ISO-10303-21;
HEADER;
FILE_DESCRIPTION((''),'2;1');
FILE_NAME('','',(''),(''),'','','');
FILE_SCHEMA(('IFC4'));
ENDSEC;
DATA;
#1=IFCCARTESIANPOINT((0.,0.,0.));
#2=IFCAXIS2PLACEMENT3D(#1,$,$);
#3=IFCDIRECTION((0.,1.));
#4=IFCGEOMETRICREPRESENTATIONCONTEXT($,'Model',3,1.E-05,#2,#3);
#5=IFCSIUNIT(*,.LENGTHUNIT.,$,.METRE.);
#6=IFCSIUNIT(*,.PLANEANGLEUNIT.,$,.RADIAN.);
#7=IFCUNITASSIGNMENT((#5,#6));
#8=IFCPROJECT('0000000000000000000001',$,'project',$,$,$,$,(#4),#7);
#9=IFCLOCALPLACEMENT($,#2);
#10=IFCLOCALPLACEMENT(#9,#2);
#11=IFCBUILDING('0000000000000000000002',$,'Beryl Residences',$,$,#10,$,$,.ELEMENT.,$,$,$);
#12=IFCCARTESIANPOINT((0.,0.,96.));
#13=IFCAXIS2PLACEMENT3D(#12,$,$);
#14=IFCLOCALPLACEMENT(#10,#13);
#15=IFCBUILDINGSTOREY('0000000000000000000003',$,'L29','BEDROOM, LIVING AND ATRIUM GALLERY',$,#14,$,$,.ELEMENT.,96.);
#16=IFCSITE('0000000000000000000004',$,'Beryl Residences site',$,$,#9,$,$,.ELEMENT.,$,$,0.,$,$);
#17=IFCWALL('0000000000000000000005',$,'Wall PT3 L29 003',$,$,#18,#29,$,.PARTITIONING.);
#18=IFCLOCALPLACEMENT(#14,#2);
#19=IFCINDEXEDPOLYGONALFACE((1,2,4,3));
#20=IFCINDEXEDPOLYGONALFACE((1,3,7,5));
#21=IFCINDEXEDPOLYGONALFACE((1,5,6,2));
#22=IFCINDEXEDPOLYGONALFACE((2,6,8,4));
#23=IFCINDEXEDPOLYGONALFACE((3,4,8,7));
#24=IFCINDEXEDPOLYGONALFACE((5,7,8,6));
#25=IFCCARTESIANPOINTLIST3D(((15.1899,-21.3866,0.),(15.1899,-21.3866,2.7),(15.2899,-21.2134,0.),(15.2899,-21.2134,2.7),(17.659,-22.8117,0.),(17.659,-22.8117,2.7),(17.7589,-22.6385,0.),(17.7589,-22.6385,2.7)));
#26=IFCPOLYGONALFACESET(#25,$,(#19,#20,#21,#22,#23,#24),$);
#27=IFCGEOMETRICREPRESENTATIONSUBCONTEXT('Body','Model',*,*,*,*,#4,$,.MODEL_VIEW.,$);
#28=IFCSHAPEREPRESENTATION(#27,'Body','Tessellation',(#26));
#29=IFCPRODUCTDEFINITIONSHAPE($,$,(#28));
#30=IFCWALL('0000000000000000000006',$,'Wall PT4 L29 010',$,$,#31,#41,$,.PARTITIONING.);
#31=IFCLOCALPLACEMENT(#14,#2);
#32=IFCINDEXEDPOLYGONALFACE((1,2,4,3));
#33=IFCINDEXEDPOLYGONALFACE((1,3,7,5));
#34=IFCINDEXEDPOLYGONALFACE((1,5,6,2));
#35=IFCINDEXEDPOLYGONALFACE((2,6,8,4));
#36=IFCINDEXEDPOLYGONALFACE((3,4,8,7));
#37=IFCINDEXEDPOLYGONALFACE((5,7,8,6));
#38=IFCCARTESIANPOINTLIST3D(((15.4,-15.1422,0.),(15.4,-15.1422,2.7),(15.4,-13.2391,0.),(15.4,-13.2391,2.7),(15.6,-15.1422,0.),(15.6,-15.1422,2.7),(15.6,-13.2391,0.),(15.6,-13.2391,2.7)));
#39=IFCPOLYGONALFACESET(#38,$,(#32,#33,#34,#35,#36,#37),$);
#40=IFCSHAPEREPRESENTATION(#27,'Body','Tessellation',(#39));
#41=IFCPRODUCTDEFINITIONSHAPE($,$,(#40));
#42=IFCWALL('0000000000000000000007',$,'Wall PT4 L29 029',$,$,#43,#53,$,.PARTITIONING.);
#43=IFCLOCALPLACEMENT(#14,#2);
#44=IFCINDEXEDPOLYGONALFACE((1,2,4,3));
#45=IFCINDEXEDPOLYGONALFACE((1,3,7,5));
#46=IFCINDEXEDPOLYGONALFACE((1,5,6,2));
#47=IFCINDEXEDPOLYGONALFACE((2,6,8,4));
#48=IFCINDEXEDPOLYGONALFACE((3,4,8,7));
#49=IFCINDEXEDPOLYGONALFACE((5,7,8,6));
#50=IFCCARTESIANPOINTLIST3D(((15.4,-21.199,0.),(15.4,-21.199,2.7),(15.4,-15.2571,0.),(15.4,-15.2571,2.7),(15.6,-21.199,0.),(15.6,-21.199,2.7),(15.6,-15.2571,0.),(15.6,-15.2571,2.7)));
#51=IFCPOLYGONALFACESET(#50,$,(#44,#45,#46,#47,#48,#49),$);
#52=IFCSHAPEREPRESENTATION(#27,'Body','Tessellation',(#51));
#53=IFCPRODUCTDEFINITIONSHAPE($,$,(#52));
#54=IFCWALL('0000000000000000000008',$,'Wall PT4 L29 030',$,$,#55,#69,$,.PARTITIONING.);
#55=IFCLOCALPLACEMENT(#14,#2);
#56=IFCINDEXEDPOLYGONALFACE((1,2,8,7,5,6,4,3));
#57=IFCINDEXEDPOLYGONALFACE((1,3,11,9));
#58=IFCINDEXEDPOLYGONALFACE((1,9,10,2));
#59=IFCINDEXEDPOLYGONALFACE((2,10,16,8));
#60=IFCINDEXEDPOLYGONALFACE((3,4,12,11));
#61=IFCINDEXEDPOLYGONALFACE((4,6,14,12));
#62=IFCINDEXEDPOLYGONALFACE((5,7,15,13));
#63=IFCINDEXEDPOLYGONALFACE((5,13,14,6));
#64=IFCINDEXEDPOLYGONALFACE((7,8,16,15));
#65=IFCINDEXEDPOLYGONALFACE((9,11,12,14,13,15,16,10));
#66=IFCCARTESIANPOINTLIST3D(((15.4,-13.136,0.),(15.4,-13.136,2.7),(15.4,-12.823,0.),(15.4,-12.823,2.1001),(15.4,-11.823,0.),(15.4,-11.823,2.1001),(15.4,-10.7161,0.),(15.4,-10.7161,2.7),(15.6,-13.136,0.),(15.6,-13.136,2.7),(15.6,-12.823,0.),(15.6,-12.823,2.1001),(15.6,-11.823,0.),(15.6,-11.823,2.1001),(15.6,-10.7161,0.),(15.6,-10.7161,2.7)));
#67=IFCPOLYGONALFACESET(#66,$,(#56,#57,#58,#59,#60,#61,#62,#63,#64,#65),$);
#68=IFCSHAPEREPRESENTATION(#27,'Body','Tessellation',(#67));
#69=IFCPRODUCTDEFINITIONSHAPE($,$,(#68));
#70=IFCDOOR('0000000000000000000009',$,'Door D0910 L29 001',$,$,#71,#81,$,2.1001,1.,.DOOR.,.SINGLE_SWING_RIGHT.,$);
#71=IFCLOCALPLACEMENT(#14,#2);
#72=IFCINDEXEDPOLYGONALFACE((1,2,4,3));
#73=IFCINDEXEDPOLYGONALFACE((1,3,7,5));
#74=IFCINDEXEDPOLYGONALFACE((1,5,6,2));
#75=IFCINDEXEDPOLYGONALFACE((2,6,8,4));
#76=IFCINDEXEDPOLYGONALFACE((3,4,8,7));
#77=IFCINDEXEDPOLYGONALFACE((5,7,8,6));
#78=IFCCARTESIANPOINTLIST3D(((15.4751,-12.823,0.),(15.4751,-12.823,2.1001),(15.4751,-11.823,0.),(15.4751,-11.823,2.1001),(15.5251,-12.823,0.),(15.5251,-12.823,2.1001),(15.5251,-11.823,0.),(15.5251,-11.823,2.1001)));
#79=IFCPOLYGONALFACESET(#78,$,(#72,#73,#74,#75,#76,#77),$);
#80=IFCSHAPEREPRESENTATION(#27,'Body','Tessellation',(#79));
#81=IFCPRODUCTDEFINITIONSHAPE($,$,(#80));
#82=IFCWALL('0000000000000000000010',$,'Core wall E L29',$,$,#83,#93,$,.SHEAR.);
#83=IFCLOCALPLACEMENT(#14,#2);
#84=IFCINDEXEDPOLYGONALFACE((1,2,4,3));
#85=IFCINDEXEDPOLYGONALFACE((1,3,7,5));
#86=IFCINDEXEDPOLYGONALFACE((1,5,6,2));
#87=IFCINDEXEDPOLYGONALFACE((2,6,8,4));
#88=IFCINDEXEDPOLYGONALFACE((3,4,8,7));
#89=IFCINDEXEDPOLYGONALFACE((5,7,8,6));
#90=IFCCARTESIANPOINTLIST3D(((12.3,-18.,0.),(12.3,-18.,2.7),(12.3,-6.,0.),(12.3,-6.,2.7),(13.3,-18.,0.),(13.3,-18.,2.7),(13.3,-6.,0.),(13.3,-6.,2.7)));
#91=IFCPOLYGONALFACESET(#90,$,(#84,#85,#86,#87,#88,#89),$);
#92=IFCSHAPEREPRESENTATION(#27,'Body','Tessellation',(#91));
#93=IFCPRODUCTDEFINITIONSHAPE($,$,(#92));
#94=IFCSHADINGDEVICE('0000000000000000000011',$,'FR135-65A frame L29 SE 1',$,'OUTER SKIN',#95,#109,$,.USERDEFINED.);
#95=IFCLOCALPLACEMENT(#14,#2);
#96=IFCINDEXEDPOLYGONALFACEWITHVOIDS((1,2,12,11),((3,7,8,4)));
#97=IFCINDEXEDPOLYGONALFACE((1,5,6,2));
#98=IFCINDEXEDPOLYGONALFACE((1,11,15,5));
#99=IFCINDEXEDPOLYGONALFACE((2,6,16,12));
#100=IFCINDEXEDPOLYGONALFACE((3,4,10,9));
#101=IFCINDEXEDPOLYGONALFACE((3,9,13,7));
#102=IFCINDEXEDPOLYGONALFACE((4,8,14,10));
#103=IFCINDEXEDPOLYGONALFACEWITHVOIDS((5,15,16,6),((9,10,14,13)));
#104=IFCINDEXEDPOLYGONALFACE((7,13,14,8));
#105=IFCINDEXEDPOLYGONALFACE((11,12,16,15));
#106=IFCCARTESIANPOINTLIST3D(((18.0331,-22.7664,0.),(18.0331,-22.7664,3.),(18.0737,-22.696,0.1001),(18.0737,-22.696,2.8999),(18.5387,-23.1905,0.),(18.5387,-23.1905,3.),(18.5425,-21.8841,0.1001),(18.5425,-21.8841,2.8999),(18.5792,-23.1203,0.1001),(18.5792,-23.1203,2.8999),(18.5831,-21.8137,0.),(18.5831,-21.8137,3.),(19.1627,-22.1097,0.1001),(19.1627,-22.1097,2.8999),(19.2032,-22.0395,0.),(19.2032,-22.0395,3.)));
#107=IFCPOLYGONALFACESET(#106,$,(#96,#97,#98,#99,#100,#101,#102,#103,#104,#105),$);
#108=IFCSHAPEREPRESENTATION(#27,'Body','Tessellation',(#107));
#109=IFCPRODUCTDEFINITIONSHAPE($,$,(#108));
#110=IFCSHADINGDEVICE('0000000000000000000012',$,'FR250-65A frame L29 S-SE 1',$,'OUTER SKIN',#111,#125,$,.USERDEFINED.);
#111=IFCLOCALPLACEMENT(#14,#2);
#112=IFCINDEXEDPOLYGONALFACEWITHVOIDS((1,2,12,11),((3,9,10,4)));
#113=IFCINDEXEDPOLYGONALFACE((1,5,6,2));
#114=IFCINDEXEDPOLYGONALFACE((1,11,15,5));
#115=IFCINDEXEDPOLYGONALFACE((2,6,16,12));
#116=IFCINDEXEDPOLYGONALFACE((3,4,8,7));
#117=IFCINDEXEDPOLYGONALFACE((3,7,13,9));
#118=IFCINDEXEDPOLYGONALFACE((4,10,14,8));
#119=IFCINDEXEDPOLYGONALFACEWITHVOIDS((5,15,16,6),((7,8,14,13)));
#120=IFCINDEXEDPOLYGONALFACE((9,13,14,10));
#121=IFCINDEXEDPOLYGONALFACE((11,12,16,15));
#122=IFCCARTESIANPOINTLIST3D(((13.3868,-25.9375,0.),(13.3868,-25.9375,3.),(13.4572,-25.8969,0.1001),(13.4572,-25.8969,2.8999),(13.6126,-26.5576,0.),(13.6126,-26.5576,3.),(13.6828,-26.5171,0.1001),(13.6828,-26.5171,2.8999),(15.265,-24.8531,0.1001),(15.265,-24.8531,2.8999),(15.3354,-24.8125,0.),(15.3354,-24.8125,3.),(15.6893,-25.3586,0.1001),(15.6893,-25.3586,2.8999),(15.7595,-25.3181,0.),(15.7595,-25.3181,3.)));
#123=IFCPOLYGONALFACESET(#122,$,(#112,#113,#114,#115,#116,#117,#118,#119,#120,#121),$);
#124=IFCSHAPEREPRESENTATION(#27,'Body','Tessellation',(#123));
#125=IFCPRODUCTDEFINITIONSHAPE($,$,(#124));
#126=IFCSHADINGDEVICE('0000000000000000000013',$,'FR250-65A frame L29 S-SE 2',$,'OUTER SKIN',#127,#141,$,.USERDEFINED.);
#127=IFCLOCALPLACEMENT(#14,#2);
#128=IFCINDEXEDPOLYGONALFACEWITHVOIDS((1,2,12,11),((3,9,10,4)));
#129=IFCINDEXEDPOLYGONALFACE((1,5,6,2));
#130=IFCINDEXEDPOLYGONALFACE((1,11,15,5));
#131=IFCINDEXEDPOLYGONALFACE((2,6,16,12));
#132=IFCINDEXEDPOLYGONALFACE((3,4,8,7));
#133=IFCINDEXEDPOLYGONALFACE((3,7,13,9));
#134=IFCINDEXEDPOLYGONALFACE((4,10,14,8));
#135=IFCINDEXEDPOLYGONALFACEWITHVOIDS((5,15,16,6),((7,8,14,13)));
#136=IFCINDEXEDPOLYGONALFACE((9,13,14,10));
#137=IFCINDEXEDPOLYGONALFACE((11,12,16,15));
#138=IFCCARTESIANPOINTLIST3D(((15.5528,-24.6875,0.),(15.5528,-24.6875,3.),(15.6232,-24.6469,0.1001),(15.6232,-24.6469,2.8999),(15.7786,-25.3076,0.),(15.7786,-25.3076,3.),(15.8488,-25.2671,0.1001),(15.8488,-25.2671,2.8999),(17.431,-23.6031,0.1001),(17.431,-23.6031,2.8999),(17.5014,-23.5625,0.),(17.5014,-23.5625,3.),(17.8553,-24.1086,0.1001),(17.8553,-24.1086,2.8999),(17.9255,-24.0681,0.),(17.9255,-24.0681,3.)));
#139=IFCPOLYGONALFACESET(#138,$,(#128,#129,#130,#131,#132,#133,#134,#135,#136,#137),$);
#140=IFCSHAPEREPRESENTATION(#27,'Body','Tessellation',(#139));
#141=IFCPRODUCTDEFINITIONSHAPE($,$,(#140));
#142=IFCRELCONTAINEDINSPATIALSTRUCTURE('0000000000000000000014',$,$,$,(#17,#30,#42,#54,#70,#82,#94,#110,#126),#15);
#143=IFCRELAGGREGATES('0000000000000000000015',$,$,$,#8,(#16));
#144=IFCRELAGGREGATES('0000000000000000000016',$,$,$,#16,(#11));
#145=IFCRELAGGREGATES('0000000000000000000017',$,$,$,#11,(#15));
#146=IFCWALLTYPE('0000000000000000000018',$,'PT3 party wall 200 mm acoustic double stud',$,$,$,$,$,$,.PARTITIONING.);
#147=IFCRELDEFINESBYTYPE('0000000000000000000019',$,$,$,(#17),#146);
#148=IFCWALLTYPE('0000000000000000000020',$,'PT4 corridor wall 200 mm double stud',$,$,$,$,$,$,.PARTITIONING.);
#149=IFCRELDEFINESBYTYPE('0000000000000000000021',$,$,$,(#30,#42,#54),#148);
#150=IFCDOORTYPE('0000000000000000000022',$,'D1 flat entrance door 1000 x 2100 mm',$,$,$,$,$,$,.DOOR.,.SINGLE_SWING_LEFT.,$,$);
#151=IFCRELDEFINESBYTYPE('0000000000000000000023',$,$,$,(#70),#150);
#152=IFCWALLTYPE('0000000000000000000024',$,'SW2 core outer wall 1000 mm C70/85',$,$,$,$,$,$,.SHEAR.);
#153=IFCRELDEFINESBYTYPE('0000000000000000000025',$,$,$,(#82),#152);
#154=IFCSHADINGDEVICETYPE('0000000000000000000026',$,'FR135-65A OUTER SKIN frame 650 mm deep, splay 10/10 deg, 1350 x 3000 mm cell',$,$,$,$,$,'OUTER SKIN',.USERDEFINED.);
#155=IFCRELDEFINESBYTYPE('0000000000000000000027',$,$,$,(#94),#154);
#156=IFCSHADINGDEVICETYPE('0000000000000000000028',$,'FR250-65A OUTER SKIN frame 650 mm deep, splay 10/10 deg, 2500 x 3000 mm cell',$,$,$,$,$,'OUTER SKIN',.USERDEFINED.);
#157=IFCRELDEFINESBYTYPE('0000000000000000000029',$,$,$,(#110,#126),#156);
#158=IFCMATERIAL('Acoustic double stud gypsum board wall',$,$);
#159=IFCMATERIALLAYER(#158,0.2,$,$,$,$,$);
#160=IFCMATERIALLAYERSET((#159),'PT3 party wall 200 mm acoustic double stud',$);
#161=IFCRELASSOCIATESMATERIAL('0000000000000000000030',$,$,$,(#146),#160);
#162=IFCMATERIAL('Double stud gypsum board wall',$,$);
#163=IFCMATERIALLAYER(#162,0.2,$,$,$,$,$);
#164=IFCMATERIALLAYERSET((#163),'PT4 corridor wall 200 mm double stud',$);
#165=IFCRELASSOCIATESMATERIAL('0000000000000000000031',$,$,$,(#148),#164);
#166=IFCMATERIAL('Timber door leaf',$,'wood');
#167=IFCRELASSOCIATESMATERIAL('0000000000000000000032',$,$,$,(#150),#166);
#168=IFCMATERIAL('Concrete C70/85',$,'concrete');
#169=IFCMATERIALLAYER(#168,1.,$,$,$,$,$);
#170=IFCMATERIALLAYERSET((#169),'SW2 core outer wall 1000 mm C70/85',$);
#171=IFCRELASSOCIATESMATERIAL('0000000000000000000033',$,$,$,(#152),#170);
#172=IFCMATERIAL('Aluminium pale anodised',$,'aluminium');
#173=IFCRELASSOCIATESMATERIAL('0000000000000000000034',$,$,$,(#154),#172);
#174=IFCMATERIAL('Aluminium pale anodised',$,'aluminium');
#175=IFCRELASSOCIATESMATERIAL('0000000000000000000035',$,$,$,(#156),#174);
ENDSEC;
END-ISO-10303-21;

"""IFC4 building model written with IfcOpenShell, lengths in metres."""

from ifc_helpers import new_model, entity, si_unit, direction, frame, frame_2d, origin, place, context, subcontext, project, spatial, rectangle, extrude, source, transform, mapped, material, layer, layer_set, type_object, type_shapes, element, fill, save


model = new_model("IFC4")

# Units and contexts
model_context = context("Model", 3, precision=1e-05, world=origin(), true_north=direction((0.0, 1.0)))
body_context = subcontext(model_context, "Body", "Model", "MODEL_VIEW")
ifc_project = project(units=[si_unit("LENGTHUNIT", "METRE"), si_unit("PLANEANGLEUNIT", "RADIAN")], contexts=[model_context])

# Site, building, storey
site_placement = place(None, origin())
site = spatial("IfcSite", under=ifc_project, at=site_placement, Name="Beryl Residences site", CompositionType="ELEMENT", RefElevation=0.0)
building_placement = place(site_placement, origin())
building = spatial("IfcBuilding", under=site, at=building_placement, Name="Beryl Residences", CompositionType="ELEMENT")
storey_placement = place(building_placement, frame((0.0, 0.0, 96.0)))
storey = spatial("IfcBuildingStorey", under=building, at=storey_placement, Name="L29", Description="BEDROOM, LIVING AND ATRIUM GALLERY", CompositionType="ELEMENT", Elevation=96.0)

# Walls
ifc_material_1 = material(Name="Acoustic double stud gypsum board wall")
ifc_layer_1 = layer(ifc_material_1, 0.2)
ifc_layer_set_1 = layer_set([ifc_layer_1], Name="PT3 party wall 200 mm acoustic double stud")
wall_type_1 = type_object("IfcWallType", Name="PT3 party wall 200 mm acoustic double stud", PredefinedType="PARTITIONING", material=ifc_layer_set_1)
wall_1_placement = place(storey_placement, frame((15.24, -21.3, 0.0), z_axis=(0.0, 0.0, 1.0), x_axis=(0.86609, -0.499888, 0.0)))
element("IfcWall", 1, at=wall_1_placement, inside=storey, type_object=wall_type_1, Name="Wall PT3 L29 003", PredefinedType="PARTITIONING", context=body_context, shape_type="SweptSolid", body=[
    extrude(rectangle(XDim=2.8508, YDim=0.2, at=frame_2d((1.4253, 0.0))), origin(), (0.0, 0.0, 1.0), 2.7),
])
ifc_material_2 = material(Name="Double stud gypsum board wall")
ifc_layer_2 = layer(ifc_material_2, 0.2)
ifc_layer_set_2 = layer_set([ifc_layer_2], Name="PT4 corridor wall 200 mm double stud")
wall_type_2 = type_object("IfcWallType", Name="PT4 corridor wall 200 mm double stud", PredefinedType="PARTITIONING", material=ifc_layer_set_2)
wall_2_placement = place(storey_placement, frame((15.5, -13.239, 0.0), z_axis=(0.0, 0.0, 1.0), x_axis=(0.0, -1.0, 0.0)))
element("IfcWall", 2, at=wall_2_placement, inside=storey, type_object=wall_type_2, Name="Wall PT4 L29 010", PredefinedType="PARTITIONING", context=body_context, shape_type="SweptSolid", body=[
    extrude(rectangle(XDim=1.9031, YDim=0.2, at=frame_2d((0.9517, 0.0))), origin(), (0.0, 0.0, 1.0), 2.7),
])
wall_3_placement = place(storey_placement, frame((15.5, -21.199, 0.0), z_axis=(0.0, 0.0, 1.0), x_axis=(0.0, 1.0, 0.0)))
element("IfcWall", 3, at=wall_3_placement, inside=storey, type_object=wall_type_2, Name="Wall PT4 L29 029", PredefinedType="PARTITIONING", context=body_context, shape_type="SweptSolid", body=[
    extrude(rectangle(XDim=5.9419, YDim=0.2, at=frame_2d((2.9709, 0.0))), origin(), (0.0, 0.0, 1.0), 2.7),
])

# Wall, opening, door
wall_4_placement = place(storey_placement, frame((15.5, -13.136, 0.0), z_axis=(0.0, 0.0, 1.0), x_axis=(0.0, 1.0, 0.0)))
wall_4 = element("IfcWall", 4, at=wall_4_placement, inside=storey, type_object=wall_type_2, Name="Wall PT4 L29 030", PredefinedType="PARTITIONING", context=body_context, shape_type="SweptSolid", body=[
    extrude(rectangle(XDim=2.4199, YDim=0.2, at=frame_2d((1.21, 0.0))), origin(), (0.0, 0.0, 1.0), 2.7),
])
opening_1_placement = place(wall_4_placement, frame((0.313, 0.0, 0.0)))
opening_1 = element("IfcOpeningElement", 5, at=opening_1_placement, cuts=wall_4, PredefinedType="OPENING", context=body_context, shape_type="SweptSolid", body=[
    extrude(rectangle(XDim=1.0, YDim=2.1001, at=frame_2d((0.5, 1.05))), frame((0.0, 0.1099, 0.0), z_axis=(0.0, -1.0, 0.0), x_axis=(1.0, 0.0, 0.0)), (0.0, 0.0, 1.0), 0.22),
])
ifc_material_3 = material(Name="Timber door leaf", Category="wood")
door_type_1 = type_object("IfcDoorType", Name="D1 flat entrance door 1000 x 2100 mm", OperationType="SINGLE_SWING_LEFT", PredefinedType="DOOR", material=ifc_material_3)
door_1_placement = place(opening_1_placement, origin())
door_1 = element("IfcDoor", 6, at=door_1_placement, inside=storey, type_object=door_type_1, Name="Door D0910 L29 001", OperationType="SINGLE_SWING_RIGHT", OverallHeight=2.1001, OverallWidth=1.0, PredefinedType="DOOR", context=body_context, shape_type="SweptSolid", body=[
    extrude(rectangle(XDim=1.0, YDim=2.1001, at=frame_2d((0.5, 1.05))), frame((0.0, 0.0249, 0.0), z_axis=(0.0, -1.0, 0.0), x_axis=(1.0, 0.0, 0.0)), (0.0, 0.0, 1.0), 0.05),
])
fill(opening_1, door_1)

# Wall
ifc_material_4 = material(Name="Concrete C70/85", Category="concrete")
ifc_layer_3 = layer(ifc_material_4, 1.0)
ifc_layer_set_3 = layer_set([ifc_layer_3], Name="SW2 core outer wall 1000 mm C70/85")
wall_type_3 = type_object("IfcWallType", Name="SW2 core outer wall 1000 mm C70/85", PredefinedType="SHEAR", material=ifc_layer_set_3)
wall_5_placement = place(storey_placement, frame((12.8, -18.0, 0.0), z_axis=(0.0, 0.0, 1.0), x_axis=(0.0, 1.0, 0.0)))
element("IfcWall", 7, at=wall_5_placement, inside=storey, type_object=wall_type_3, Name="Core wall E L29", PredefinedType="SHEAR", context=body_context, shape_type="SweptSolid", body=[
    extrude(rectangle(XDim=12.0, YDim=1.0, at=frame_2d((6.0, 0.0))), origin(), (0.0, 0.0, 1.0), 2.7),
])

# Shading devices
ifc_material_5 = material(Name="Aluminium pale anodised", Category="aluminium")
shading_device_type_1 = type_object("IfcShadingDeviceType", Name="FR135-65A OUTER SKIN frame 650 mm deep, splay 10/10 deg, 1350 x 3000 mm cell", ElementType="OUTER SKIN", PredefinedType="USERDEFINED", material=ifc_material_5)
cartesian_point_1 = entity("IfcCartesianPoint", [-0.55, 0.0])
cartesian_point_2 = entity("IfcCartesianPoint", [-0.4688, 0.1001])
cartesian_point_3 = entity("IfcCartesianPoint", [-0.6646, 0.0])
cartesian_point_4 = entity("IfcCartesianPoint", [-0.5835, 0.1001])
shared_shape_1 = source(origin(), body_context, "Body", "SweptSolid", [
    entity("IfcExtrudedAreaSolidTapered", entity("IfcArbitraryProfileDefWithVoids", "AREA", None, entity("IfcPolyline", [cartesian_point_1, entity("IfcCartesianPoint", [0.55, 0.0]), entity("IfcCartesianPoint", [0.55, 3.0]), entity("IfcCartesianPoint", [-0.55, 3.0]), cartesian_point_1]), [entity("IfcPolyline", [cartesian_point_2, entity("IfcCartesianPoint", [0.4688, 0.1001]), entity("IfcCartesianPoint", [0.4688, 2.8999]), entity("IfcCartesianPoint", [-0.4688, 2.8999]), cartesian_point_2])]), entity("IfcAxis2Placement3D", entity("IfcCartesianPoint", [0.0, 0.0, 0.0]), entity("IfcDirection", [0.0, 1.0, 0.0]), entity("IfcDirection", [-1.0, 0.0, 0.0])), entity("IfcDirection", [0.0, 0.0, 1.0]), 0.6499, entity("IfcArbitraryProfileDefWithVoids", "AREA", None, entity("IfcPolyline", [cartesian_point_3, entity("IfcCartesianPoint", [0.6646, 0.0]), entity("IfcCartesianPoint", [0.6646, 3.0]), entity("IfcCartesianPoint", [-0.6646, 3.0]), cartesian_point_3]), [entity("IfcPolyline", [cartesian_point_4, entity("IfcCartesianPoint", [0.5835, 0.1001]), entity("IfcCartesianPoint", [0.5835, 2.8999]), entity("IfcCartesianPoint", [-0.5835, 2.8999]), cartesian_point_4])])),
])
type_shapes(shading_device_type_1, [shared_shape_1])
shading_device_placement = place(storey_placement, frame((18.3081, -22.29, 0.0), z_axis=(0.0, 0.0, 1.0), x_axis=(-0.5, -0.866025, 0.0)))
element("IfcShadingDevice", 8, at=shading_device_placement, inside=storey, type_object=shading_device_type_1, Name="FR135-65A frame L29 SE 1", ObjectType="OUTER SKIN", PredefinedType="USERDEFINED", context=body_context, shape_type="MappedRepresentation", body=[
    mapped(shared_shape_1, transform((0.0, 0.0, 0.0))),
])
ifc_material_6 = material(Name="Aluminium pale anodised", Category="aluminium")
shading_device_type_2 = type_object("IfcShadingDeviceType", Name="FR250-65A OUTER SKIN frame 650 mm deep, splay 10/10 deg, 2500 x 3000 mm cell", ElementType="OUTER SKIN", PredefinedType="USERDEFINED", material=ifc_material_6)
cartesian_point_5 = entity("IfcCartesianPoint", [-1.125, 0.0])
cartesian_point_6 = entity("IfcCartesianPoint", [-1.0437, 0.1001])
cartesian_point_7 = entity("IfcCartesianPoint", [-1.2395, 0.0])
cartesian_point_8 = entity("IfcCartesianPoint", [-1.1584, 0.1001])
shared_shape_2 = source(origin(), body_context, "Body", "SweptSolid", [
    entity("IfcExtrudedAreaSolidTapered", entity("IfcArbitraryProfileDefWithVoids", "AREA", None, entity("IfcPolyline", [cartesian_point_5, entity("IfcCartesianPoint", [1.125, 0.0]), entity("IfcCartesianPoint", [1.125, 3.0]), entity("IfcCartesianPoint", [-1.125, 3.0]), cartesian_point_5]), [entity("IfcPolyline", [cartesian_point_6, entity("IfcCartesianPoint", [1.0437, 0.1001]), entity("IfcCartesianPoint", [1.0437, 2.8999]), entity("IfcCartesianPoint", [-1.0437, 2.8999]), cartesian_point_6])]), entity("IfcAxis2Placement3D", entity("IfcCartesianPoint", [0.0, 0.0, 0.0]), entity("IfcDirection", [0.0, 1.0, 0.0]), entity("IfcDirection", [-1.0, 0.0, 0.0])), entity("IfcDirection", [0.0, 0.0, 1.0]), 0.6499, entity("IfcArbitraryProfileDefWithVoids", "AREA", None, entity("IfcPolyline", [cartesian_point_7, entity("IfcCartesianPoint", [1.2395, 0.0]), entity("IfcCartesianPoint", [1.2395, 3.0]), entity("IfcCartesianPoint", [-1.2395, 3.0]), cartesian_point_7]), [entity("IfcPolyline", [cartesian_point_8, entity("IfcCartesianPoint", [1.1584, 0.1001]), entity("IfcCartesianPoint", [1.1584, 2.8999]), entity("IfcCartesianPoint", [-1.1584, 2.8999]), cartesian_point_8])])),
])
type_shapes(shading_device_type_2, [shared_shape_2])
for number, where, z_axis, x_axis, name in (
    (9, (14.3611, -25.375, 0.0), (0.0, 0.0, 1.0), (-0.866025, -0.5, 0.0), "FR250-65A frame L29 S-SE 1"),
    (10, (16.5271, -24.125, 0.0), (0.0, 0.0, 1.0), (-0.866025, -0.5, 0.0), "FR250-65A frame L29 S-SE 2"),
):
    element("IfcShadingDevice", number, at=place(storey_placement, frame(where, z_axis=z_axis, x_axis=x_axis)), inside=storey, type_object=shading_device_type_2, Name=name, ObjectType="OUTER SKIN", PredefinedType="USERDEFINED", context=body_context, shape_type="MappedRepresentation", body=[
        mapped(shared_shape_2, transform((0.0, 0.0, 0.0))),
    ])

save(model, "model.ifc")
